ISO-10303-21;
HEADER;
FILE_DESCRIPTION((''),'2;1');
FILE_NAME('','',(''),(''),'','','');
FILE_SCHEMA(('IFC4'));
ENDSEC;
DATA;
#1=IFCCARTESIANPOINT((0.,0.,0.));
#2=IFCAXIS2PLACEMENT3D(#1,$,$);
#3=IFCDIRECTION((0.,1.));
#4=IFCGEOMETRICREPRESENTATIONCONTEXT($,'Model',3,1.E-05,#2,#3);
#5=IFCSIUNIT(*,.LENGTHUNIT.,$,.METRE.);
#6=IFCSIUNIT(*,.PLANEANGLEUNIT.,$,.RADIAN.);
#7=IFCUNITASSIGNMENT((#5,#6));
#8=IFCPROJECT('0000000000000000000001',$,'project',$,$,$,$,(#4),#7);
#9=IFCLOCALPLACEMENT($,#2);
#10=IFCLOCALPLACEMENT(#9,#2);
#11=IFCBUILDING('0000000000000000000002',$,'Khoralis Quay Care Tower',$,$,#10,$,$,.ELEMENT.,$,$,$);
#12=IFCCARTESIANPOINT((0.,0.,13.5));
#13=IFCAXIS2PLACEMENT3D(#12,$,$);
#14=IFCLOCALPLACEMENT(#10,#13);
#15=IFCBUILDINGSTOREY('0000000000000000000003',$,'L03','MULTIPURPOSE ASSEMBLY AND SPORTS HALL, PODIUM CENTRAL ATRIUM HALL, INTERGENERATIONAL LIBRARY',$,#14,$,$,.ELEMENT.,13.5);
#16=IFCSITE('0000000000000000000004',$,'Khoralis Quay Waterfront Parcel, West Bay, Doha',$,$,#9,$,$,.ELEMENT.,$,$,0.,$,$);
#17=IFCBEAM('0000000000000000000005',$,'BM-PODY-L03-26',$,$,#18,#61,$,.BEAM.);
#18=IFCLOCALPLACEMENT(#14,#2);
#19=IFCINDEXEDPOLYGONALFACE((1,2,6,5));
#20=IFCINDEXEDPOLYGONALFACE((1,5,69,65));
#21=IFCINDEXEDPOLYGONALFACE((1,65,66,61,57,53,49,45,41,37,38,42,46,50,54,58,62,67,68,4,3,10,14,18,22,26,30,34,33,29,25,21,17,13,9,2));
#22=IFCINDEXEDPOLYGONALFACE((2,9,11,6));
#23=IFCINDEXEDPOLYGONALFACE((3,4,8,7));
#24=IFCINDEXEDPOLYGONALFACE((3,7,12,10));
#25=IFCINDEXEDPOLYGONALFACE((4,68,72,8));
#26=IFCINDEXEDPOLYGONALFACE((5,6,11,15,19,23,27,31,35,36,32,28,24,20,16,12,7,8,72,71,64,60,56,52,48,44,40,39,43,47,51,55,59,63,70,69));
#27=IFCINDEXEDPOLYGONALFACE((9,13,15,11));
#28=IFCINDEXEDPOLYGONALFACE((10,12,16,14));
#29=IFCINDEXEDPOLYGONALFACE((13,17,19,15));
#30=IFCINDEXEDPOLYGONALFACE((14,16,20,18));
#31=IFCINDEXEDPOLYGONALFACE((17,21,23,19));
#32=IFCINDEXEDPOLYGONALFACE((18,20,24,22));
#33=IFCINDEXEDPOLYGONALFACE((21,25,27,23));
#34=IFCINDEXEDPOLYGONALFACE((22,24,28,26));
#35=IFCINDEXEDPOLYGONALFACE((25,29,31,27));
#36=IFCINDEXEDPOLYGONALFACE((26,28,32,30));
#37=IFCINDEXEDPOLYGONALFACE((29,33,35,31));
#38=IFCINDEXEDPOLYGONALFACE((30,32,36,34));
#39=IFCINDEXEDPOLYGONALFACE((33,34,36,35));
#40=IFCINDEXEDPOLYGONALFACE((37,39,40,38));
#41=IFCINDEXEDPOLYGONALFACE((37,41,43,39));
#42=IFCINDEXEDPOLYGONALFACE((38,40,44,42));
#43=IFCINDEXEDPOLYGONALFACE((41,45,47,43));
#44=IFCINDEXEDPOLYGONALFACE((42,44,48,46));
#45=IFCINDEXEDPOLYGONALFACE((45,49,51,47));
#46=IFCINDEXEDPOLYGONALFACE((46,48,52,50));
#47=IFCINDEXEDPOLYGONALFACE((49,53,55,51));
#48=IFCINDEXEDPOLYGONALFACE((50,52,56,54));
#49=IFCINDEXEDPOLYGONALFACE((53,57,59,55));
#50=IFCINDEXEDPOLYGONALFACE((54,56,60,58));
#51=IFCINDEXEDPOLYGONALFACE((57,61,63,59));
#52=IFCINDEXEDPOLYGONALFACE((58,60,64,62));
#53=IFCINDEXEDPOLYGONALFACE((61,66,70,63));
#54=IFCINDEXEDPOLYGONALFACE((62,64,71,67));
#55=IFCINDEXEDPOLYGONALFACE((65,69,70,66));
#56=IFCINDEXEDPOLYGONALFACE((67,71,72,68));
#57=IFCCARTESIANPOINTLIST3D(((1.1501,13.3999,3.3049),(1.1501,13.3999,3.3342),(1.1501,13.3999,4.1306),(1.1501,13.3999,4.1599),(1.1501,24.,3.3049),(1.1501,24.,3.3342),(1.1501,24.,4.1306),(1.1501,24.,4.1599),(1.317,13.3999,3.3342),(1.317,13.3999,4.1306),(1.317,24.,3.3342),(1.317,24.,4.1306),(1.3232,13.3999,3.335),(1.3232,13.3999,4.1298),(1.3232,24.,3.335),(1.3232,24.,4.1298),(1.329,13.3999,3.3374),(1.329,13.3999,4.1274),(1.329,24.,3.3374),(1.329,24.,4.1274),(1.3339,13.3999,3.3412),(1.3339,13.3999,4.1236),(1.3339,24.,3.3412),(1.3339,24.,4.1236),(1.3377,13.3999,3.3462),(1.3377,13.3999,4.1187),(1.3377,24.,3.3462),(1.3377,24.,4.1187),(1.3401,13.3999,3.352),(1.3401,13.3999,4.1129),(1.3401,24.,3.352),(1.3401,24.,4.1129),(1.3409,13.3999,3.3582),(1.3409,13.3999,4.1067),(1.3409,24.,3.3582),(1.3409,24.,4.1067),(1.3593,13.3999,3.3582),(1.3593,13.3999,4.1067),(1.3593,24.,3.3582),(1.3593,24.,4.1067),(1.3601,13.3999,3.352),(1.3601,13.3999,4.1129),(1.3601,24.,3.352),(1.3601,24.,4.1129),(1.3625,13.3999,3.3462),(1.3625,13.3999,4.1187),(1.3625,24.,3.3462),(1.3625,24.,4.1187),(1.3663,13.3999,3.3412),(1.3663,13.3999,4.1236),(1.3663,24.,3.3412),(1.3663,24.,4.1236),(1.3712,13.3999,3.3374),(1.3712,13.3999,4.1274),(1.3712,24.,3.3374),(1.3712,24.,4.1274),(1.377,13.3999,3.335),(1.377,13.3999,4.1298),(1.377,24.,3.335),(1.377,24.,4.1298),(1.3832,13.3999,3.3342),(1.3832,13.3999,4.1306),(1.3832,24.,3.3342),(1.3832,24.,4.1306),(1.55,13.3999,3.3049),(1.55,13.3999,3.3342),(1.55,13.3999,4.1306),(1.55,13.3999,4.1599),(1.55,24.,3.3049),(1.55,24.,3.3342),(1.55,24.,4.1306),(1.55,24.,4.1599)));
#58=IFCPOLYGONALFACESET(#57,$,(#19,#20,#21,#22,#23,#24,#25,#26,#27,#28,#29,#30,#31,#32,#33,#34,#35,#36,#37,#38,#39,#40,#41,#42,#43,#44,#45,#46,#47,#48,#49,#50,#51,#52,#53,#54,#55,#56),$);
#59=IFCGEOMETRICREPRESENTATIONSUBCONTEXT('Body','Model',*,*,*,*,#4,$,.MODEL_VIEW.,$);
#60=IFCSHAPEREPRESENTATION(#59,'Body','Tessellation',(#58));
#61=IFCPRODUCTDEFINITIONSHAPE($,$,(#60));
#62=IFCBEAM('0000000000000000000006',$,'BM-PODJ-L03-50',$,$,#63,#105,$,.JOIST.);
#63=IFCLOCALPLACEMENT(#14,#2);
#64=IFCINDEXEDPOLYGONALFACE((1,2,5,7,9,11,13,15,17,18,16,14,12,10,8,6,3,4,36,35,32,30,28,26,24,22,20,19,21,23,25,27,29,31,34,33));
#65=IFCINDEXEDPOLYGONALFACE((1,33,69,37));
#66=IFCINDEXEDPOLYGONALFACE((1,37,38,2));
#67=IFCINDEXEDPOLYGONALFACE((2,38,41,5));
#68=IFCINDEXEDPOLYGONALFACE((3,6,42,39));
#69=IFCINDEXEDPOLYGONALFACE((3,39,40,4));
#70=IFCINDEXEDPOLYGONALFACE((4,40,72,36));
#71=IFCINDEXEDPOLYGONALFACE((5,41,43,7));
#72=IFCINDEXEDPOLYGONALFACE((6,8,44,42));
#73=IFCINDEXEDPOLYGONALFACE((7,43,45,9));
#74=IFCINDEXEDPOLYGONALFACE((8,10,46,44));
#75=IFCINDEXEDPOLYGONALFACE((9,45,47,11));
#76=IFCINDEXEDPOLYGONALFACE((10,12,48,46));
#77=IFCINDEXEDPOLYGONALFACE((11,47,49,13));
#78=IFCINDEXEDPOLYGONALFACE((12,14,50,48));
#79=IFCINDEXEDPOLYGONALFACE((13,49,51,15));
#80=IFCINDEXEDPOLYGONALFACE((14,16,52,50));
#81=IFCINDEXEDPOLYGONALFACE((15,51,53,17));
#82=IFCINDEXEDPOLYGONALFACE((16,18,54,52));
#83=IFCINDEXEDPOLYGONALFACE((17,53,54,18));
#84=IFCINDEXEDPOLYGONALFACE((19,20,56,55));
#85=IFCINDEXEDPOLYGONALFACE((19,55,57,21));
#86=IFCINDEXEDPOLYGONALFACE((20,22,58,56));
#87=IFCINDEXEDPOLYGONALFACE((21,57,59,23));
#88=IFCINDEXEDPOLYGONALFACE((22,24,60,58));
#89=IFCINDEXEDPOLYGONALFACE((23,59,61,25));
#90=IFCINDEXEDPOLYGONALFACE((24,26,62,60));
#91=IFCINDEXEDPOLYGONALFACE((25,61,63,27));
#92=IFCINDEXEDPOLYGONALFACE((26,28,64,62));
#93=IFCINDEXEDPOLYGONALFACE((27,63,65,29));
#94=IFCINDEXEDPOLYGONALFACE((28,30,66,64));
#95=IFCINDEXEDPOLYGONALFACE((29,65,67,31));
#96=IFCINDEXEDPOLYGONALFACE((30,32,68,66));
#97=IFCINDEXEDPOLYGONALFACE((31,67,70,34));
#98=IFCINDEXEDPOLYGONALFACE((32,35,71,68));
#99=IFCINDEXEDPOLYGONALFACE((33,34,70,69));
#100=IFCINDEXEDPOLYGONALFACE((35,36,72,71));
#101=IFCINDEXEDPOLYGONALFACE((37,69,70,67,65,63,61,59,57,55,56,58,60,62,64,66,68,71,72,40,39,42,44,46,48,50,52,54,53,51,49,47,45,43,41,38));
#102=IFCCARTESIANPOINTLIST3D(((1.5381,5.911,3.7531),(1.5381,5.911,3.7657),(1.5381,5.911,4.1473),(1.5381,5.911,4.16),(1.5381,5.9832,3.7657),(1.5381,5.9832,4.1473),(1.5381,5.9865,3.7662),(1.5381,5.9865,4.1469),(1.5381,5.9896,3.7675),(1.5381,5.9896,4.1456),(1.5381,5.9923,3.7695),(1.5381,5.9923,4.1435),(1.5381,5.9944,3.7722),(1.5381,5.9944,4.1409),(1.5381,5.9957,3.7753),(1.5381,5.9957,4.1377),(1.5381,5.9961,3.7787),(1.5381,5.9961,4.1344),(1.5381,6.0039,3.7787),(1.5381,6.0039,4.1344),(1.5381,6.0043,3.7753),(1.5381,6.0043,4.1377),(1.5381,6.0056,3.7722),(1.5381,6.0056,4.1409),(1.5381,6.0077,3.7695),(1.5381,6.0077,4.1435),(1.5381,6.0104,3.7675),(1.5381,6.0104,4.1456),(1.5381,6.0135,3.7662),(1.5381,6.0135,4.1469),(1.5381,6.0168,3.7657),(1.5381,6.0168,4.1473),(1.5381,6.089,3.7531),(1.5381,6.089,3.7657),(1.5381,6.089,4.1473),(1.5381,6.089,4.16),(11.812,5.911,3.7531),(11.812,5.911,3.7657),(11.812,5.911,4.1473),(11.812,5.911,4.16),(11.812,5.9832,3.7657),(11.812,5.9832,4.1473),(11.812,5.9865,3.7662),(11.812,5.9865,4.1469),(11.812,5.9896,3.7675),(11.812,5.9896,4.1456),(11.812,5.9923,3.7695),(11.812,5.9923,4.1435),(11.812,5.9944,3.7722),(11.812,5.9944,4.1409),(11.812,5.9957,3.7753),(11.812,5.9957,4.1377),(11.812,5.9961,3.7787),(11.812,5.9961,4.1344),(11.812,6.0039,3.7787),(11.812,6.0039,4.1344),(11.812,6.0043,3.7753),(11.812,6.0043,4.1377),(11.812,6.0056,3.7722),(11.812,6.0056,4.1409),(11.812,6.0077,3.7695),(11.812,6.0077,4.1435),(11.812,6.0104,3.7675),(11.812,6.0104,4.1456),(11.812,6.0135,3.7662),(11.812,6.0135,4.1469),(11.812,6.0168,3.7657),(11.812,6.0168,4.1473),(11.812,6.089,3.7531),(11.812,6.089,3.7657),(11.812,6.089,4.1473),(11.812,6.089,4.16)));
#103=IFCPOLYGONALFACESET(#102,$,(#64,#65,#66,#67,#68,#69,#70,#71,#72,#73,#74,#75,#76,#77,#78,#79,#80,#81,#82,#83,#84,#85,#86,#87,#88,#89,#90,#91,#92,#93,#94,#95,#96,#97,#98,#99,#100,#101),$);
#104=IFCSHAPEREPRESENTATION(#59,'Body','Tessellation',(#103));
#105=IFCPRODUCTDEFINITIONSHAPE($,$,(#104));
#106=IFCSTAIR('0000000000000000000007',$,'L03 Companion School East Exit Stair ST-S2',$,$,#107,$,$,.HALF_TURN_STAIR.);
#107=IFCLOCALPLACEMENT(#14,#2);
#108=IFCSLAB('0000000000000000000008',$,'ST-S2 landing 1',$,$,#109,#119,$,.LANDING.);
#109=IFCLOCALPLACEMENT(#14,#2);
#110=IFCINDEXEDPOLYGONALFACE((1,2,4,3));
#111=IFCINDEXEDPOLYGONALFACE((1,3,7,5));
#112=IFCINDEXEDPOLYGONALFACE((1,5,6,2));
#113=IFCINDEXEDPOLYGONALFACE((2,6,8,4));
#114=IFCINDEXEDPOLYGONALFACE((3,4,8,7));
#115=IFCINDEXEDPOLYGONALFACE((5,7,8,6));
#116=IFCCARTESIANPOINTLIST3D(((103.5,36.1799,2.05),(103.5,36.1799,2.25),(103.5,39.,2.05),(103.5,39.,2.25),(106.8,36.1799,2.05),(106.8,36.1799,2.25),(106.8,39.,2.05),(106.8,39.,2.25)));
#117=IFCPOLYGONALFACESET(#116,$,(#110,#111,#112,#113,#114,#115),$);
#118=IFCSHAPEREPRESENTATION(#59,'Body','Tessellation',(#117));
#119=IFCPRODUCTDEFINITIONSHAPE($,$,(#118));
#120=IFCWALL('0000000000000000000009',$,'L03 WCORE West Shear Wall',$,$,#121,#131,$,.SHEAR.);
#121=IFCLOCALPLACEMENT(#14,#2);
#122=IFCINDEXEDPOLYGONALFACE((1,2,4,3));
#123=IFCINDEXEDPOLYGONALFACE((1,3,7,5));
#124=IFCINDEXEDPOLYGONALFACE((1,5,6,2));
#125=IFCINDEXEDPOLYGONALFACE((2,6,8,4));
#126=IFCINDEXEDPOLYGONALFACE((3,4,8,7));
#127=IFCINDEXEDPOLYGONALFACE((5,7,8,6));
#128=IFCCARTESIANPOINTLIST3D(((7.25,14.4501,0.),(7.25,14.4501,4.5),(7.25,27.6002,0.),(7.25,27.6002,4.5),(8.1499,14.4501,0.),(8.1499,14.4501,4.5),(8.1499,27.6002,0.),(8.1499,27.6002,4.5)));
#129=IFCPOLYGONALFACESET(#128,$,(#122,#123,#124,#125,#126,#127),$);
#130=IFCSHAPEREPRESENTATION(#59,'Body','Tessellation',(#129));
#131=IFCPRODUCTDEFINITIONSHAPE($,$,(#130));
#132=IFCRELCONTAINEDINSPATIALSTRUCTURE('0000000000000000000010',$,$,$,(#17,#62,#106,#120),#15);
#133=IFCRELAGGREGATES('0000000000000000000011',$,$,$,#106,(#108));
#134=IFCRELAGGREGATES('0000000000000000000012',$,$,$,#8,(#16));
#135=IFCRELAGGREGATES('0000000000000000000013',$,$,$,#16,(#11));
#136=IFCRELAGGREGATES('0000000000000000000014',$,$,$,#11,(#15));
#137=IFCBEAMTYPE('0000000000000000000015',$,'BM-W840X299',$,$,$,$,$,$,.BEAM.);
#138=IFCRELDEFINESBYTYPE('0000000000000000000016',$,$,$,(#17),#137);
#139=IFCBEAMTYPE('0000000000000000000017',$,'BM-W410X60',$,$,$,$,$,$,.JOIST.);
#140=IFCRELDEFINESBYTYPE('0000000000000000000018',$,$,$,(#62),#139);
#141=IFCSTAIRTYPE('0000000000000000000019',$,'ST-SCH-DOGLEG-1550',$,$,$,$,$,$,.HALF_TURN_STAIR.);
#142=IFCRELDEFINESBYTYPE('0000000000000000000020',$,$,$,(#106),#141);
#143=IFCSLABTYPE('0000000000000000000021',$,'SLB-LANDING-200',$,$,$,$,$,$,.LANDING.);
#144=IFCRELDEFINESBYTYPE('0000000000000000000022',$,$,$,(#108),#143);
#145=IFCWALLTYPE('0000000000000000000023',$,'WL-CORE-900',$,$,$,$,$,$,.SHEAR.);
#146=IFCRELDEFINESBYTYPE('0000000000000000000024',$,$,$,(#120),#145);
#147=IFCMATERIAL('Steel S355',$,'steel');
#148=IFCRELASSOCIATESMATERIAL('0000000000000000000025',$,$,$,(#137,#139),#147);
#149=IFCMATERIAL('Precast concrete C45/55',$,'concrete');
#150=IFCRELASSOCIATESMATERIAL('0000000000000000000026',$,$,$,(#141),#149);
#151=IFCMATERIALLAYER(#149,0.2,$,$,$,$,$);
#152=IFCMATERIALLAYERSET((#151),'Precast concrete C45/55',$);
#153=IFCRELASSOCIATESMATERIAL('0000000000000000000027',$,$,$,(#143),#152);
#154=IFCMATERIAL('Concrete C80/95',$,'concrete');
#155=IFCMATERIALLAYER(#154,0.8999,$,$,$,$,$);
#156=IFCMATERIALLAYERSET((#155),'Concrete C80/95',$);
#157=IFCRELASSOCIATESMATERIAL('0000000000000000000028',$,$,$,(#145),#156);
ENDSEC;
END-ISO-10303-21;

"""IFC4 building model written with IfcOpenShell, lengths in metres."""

from ifc_helpers import new_model, si_unit, direction, frame, frame_2d, origin, origin_2d, place, context, subcontext, project, spatial, polyline, rectangle, i_section, outline, extrude, source, transform, mapped, material, layer, layer_set, material_profile, profile_set, type_object, element, aggregate, save


model = new_model("IFC4")

# Units and contexts
model_context = context("Model", 3, precision=1e-05, world=origin(), true_north=direction((0.0, 1.0)))
body_context = subcontext(model_context, "Body", "Model", "MODEL_VIEW")
ifc_project = project(units=[si_unit("LENGTHUNIT", "METRE"), si_unit("PLANEANGLEUNIT", "RADIAN")], contexts=[model_context])

# Site, building, storey
site_placement = place(None, origin())
site = spatial("IfcSite", under=ifc_project, at=site_placement, Name="Khoralis Quay Waterfront Parcel, West Bay, Doha", CompositionType="ELEMENT", RefElevation=0.0)
building_placement = place(site_placement, origin())
building = spatial("IfcBuilding", under=site, at=building_placement, Name="Khoralis Quay Care Tower", CompositionType="ELEMENT")
storey_placement = place(building_placement, frame((0.0, 0.0, 13.5)))
storey = spatial("IfcBuildingStorey", under=building, at=storey_placement, Name="L03", Description="MULTIPURPOSE ASSEMBLY AND SPORTS HALL, PODIUM CENTRAL ATRIUM HALL, INTERGENERATIONAL LIBRARY", CompositionType="ELEMENT", Elevation=13.5)

# Shared definitions
ifc_material_1 = material(Name="Concrete C80/95", Category="concrete")

# Beams
ifc_material_2 = material(Name="Steel S355", Category="steel")
ifc_material_profile_1 = material_profile(ifc_material_2, i_section(OverallWidth=0.3999, OverallDepth=0.855, WebThickness=0.0183, FlangeThickness=0.0293, FilletRadius=0.0239, at=origin_2d()), Name="Steel S355")
ifc_profile_set_1 = profile_set([ifc_material_profile_1], Name="Steel S355")
beam_type_1 = type_object("IfcBeamType", Name="BM-W840X299", PredefinedType="BEAM", material=ifc_profile_set_1)
shared_shape_1 = source(origin(), body_context, "Body", "SweptSolid", [
    extrude(i_section(OverallWidth=0.3999, OverallDepth=0.855, WebThickness=0.0183, FlangeThickness=0.0293, FilletRadius=0.0239, at=origin_2d()), origin(), (0.0, 0.0, 1.0), 10.6001),
])
beam_1_placement = place(storey_placement, frame((1.3501, 13.3999, 3.7324), z_axis=(0.0, 1.0, 0.0), x_axis=(-1.0, 0.0, 0.0)))
element("IfcBeam", 1, at=beam_1_placement, inside=storey, type_object=beam_type_1, Name="BM-PODY-L03-26", PredefinedType="BEAM", context=body_context, shape_type="MappedRepresentation", body=[
    mapped(shared_shape_1, transform((0.0, 0.0, 0.0), scale=1.0)),
])
ifc_material_profile_2 = material_profile(ifc_material_2, i_section(OverallWidth=0.178, OverallDepth=0.407, WebThickness=0.0078, FlangeThickness=0.0127, FilletRadius=0.0129, at=origin_2d()), Name="Steel S355")
ifc_profile_set_2 = profile_set([ifc_material_profile_2], Name="Steel S355")
beam_type_2 = type_object("IfcBeamType", Name="BM-W410X60", PredefinedType="JOIST", material=ifc_profile_set_2)
shared_shape_2 = source(origin(), body_context, "Body", "SweptSolid", [
    extrude(i_section(OverallWidth=0.178, OverallDepth=0.407, WebThickness=0.0078, FlangeThickness=0.0127, FilletRadius=0.0129, at=origin_2d()), origin(), (0.0, 0.0, 1.0), 10.2739),
])
beam_2_placement = place(storey_placement, frame((1.5381, 6.0, 3.9565), z_axis=(1.0, 0.0, 0.0), x_axis=(0.0, 1.0, 0.0)))
element("IfcBeam", 2, at=beam_2_placement, inside=storey, type_object=beam_type_2, Name="BM-PODJ-L03-50", PredefinedType="JOIST", context=body_context, shape_type="MappedRepresentation", body=[
    mapped(shared_shape_2, transform((0.0, 0.0, 0.0), scale=1.0)),
])

# Stair, slab
ifc_material_3 = material(Name="Precast concrete C45/55", Category="concrete")
stair_type = type_object("IfcStairType", Name="ST-SCH-DOGLEG-1550", PredefinedType="HALF_TURN_STAIR", material=ifc_material_3)
stair_placement = place(storey_placement, origin())
stair = element("IfcStair", 3, at=stair_placement, inside=storey, type_object=stair_type, Name="L03 Companion School East Exit Stair ST-S2", PredefinedType="HALF_TURN_STAIR")
ifc_layer_1 = layer(ifc_material_3, 0.2)
ifc_layer_set_1 = layer_set([ifc_layer_1], Name="Precast concrete C45/55")
slab_type = type_object("IfcSlabType", Name="SLB-LANDING-200", PredefinedType="LANDING", material=ifc_layer_set_1)
slab_placement = place(storey_placement, frame((0.0, 0.0, 2.05)))
slab = element("IfcSlab", 4, at=slab_placement, type_object=slab_type, Name="ST-S2 landing 1", PredefinedType="LANDING", context=body_context, shape_type="SweptSolid", body=[
    extrude(outline(polyline([(106.8, 36.1799), (106.8, 39.0), (103.5, 39.0), (103.5, 36.1799), (106.8, 36.1799)])), origin(), (0.0, 0.0, 1.0), 0.2),
])
aggregate(stair, [slab])

# Wall
ifc_layer_2 = layer(ifc_material_1, 0.8999)
ifc_layer_set_2 = layer_set([ifc_layer_2], Name="Concrete C80/95")
wall_type_1 = type_object("IfcWallType", Name="WL-CORE-900", PredefinedType="SHEAR", material=ifc_layer_set_2)
wall_1_placement = place(storey_placement, frame((7.7, 14.45, 0.0), z_axis=(0.0, 0.0, 1.0), x_axis=(0.0, 1.0, 0.0)))
element("IfcWall", 5, at=wall_1_placement, inside=storey, type_object=wall_type_1, Name="L03 WCORE West Shear Wall", PredefinedType="SHEAR", context=body_context, shape_type="SweptSolid", body=[
    extrude(rectangle(XDim=13.1501, YDim=0.8999, at=frame_2d((6.5752, 0.0))), origin(), (0.0, 0.0, 1.0), 4.5),
])

save(model, "model.ifc")
